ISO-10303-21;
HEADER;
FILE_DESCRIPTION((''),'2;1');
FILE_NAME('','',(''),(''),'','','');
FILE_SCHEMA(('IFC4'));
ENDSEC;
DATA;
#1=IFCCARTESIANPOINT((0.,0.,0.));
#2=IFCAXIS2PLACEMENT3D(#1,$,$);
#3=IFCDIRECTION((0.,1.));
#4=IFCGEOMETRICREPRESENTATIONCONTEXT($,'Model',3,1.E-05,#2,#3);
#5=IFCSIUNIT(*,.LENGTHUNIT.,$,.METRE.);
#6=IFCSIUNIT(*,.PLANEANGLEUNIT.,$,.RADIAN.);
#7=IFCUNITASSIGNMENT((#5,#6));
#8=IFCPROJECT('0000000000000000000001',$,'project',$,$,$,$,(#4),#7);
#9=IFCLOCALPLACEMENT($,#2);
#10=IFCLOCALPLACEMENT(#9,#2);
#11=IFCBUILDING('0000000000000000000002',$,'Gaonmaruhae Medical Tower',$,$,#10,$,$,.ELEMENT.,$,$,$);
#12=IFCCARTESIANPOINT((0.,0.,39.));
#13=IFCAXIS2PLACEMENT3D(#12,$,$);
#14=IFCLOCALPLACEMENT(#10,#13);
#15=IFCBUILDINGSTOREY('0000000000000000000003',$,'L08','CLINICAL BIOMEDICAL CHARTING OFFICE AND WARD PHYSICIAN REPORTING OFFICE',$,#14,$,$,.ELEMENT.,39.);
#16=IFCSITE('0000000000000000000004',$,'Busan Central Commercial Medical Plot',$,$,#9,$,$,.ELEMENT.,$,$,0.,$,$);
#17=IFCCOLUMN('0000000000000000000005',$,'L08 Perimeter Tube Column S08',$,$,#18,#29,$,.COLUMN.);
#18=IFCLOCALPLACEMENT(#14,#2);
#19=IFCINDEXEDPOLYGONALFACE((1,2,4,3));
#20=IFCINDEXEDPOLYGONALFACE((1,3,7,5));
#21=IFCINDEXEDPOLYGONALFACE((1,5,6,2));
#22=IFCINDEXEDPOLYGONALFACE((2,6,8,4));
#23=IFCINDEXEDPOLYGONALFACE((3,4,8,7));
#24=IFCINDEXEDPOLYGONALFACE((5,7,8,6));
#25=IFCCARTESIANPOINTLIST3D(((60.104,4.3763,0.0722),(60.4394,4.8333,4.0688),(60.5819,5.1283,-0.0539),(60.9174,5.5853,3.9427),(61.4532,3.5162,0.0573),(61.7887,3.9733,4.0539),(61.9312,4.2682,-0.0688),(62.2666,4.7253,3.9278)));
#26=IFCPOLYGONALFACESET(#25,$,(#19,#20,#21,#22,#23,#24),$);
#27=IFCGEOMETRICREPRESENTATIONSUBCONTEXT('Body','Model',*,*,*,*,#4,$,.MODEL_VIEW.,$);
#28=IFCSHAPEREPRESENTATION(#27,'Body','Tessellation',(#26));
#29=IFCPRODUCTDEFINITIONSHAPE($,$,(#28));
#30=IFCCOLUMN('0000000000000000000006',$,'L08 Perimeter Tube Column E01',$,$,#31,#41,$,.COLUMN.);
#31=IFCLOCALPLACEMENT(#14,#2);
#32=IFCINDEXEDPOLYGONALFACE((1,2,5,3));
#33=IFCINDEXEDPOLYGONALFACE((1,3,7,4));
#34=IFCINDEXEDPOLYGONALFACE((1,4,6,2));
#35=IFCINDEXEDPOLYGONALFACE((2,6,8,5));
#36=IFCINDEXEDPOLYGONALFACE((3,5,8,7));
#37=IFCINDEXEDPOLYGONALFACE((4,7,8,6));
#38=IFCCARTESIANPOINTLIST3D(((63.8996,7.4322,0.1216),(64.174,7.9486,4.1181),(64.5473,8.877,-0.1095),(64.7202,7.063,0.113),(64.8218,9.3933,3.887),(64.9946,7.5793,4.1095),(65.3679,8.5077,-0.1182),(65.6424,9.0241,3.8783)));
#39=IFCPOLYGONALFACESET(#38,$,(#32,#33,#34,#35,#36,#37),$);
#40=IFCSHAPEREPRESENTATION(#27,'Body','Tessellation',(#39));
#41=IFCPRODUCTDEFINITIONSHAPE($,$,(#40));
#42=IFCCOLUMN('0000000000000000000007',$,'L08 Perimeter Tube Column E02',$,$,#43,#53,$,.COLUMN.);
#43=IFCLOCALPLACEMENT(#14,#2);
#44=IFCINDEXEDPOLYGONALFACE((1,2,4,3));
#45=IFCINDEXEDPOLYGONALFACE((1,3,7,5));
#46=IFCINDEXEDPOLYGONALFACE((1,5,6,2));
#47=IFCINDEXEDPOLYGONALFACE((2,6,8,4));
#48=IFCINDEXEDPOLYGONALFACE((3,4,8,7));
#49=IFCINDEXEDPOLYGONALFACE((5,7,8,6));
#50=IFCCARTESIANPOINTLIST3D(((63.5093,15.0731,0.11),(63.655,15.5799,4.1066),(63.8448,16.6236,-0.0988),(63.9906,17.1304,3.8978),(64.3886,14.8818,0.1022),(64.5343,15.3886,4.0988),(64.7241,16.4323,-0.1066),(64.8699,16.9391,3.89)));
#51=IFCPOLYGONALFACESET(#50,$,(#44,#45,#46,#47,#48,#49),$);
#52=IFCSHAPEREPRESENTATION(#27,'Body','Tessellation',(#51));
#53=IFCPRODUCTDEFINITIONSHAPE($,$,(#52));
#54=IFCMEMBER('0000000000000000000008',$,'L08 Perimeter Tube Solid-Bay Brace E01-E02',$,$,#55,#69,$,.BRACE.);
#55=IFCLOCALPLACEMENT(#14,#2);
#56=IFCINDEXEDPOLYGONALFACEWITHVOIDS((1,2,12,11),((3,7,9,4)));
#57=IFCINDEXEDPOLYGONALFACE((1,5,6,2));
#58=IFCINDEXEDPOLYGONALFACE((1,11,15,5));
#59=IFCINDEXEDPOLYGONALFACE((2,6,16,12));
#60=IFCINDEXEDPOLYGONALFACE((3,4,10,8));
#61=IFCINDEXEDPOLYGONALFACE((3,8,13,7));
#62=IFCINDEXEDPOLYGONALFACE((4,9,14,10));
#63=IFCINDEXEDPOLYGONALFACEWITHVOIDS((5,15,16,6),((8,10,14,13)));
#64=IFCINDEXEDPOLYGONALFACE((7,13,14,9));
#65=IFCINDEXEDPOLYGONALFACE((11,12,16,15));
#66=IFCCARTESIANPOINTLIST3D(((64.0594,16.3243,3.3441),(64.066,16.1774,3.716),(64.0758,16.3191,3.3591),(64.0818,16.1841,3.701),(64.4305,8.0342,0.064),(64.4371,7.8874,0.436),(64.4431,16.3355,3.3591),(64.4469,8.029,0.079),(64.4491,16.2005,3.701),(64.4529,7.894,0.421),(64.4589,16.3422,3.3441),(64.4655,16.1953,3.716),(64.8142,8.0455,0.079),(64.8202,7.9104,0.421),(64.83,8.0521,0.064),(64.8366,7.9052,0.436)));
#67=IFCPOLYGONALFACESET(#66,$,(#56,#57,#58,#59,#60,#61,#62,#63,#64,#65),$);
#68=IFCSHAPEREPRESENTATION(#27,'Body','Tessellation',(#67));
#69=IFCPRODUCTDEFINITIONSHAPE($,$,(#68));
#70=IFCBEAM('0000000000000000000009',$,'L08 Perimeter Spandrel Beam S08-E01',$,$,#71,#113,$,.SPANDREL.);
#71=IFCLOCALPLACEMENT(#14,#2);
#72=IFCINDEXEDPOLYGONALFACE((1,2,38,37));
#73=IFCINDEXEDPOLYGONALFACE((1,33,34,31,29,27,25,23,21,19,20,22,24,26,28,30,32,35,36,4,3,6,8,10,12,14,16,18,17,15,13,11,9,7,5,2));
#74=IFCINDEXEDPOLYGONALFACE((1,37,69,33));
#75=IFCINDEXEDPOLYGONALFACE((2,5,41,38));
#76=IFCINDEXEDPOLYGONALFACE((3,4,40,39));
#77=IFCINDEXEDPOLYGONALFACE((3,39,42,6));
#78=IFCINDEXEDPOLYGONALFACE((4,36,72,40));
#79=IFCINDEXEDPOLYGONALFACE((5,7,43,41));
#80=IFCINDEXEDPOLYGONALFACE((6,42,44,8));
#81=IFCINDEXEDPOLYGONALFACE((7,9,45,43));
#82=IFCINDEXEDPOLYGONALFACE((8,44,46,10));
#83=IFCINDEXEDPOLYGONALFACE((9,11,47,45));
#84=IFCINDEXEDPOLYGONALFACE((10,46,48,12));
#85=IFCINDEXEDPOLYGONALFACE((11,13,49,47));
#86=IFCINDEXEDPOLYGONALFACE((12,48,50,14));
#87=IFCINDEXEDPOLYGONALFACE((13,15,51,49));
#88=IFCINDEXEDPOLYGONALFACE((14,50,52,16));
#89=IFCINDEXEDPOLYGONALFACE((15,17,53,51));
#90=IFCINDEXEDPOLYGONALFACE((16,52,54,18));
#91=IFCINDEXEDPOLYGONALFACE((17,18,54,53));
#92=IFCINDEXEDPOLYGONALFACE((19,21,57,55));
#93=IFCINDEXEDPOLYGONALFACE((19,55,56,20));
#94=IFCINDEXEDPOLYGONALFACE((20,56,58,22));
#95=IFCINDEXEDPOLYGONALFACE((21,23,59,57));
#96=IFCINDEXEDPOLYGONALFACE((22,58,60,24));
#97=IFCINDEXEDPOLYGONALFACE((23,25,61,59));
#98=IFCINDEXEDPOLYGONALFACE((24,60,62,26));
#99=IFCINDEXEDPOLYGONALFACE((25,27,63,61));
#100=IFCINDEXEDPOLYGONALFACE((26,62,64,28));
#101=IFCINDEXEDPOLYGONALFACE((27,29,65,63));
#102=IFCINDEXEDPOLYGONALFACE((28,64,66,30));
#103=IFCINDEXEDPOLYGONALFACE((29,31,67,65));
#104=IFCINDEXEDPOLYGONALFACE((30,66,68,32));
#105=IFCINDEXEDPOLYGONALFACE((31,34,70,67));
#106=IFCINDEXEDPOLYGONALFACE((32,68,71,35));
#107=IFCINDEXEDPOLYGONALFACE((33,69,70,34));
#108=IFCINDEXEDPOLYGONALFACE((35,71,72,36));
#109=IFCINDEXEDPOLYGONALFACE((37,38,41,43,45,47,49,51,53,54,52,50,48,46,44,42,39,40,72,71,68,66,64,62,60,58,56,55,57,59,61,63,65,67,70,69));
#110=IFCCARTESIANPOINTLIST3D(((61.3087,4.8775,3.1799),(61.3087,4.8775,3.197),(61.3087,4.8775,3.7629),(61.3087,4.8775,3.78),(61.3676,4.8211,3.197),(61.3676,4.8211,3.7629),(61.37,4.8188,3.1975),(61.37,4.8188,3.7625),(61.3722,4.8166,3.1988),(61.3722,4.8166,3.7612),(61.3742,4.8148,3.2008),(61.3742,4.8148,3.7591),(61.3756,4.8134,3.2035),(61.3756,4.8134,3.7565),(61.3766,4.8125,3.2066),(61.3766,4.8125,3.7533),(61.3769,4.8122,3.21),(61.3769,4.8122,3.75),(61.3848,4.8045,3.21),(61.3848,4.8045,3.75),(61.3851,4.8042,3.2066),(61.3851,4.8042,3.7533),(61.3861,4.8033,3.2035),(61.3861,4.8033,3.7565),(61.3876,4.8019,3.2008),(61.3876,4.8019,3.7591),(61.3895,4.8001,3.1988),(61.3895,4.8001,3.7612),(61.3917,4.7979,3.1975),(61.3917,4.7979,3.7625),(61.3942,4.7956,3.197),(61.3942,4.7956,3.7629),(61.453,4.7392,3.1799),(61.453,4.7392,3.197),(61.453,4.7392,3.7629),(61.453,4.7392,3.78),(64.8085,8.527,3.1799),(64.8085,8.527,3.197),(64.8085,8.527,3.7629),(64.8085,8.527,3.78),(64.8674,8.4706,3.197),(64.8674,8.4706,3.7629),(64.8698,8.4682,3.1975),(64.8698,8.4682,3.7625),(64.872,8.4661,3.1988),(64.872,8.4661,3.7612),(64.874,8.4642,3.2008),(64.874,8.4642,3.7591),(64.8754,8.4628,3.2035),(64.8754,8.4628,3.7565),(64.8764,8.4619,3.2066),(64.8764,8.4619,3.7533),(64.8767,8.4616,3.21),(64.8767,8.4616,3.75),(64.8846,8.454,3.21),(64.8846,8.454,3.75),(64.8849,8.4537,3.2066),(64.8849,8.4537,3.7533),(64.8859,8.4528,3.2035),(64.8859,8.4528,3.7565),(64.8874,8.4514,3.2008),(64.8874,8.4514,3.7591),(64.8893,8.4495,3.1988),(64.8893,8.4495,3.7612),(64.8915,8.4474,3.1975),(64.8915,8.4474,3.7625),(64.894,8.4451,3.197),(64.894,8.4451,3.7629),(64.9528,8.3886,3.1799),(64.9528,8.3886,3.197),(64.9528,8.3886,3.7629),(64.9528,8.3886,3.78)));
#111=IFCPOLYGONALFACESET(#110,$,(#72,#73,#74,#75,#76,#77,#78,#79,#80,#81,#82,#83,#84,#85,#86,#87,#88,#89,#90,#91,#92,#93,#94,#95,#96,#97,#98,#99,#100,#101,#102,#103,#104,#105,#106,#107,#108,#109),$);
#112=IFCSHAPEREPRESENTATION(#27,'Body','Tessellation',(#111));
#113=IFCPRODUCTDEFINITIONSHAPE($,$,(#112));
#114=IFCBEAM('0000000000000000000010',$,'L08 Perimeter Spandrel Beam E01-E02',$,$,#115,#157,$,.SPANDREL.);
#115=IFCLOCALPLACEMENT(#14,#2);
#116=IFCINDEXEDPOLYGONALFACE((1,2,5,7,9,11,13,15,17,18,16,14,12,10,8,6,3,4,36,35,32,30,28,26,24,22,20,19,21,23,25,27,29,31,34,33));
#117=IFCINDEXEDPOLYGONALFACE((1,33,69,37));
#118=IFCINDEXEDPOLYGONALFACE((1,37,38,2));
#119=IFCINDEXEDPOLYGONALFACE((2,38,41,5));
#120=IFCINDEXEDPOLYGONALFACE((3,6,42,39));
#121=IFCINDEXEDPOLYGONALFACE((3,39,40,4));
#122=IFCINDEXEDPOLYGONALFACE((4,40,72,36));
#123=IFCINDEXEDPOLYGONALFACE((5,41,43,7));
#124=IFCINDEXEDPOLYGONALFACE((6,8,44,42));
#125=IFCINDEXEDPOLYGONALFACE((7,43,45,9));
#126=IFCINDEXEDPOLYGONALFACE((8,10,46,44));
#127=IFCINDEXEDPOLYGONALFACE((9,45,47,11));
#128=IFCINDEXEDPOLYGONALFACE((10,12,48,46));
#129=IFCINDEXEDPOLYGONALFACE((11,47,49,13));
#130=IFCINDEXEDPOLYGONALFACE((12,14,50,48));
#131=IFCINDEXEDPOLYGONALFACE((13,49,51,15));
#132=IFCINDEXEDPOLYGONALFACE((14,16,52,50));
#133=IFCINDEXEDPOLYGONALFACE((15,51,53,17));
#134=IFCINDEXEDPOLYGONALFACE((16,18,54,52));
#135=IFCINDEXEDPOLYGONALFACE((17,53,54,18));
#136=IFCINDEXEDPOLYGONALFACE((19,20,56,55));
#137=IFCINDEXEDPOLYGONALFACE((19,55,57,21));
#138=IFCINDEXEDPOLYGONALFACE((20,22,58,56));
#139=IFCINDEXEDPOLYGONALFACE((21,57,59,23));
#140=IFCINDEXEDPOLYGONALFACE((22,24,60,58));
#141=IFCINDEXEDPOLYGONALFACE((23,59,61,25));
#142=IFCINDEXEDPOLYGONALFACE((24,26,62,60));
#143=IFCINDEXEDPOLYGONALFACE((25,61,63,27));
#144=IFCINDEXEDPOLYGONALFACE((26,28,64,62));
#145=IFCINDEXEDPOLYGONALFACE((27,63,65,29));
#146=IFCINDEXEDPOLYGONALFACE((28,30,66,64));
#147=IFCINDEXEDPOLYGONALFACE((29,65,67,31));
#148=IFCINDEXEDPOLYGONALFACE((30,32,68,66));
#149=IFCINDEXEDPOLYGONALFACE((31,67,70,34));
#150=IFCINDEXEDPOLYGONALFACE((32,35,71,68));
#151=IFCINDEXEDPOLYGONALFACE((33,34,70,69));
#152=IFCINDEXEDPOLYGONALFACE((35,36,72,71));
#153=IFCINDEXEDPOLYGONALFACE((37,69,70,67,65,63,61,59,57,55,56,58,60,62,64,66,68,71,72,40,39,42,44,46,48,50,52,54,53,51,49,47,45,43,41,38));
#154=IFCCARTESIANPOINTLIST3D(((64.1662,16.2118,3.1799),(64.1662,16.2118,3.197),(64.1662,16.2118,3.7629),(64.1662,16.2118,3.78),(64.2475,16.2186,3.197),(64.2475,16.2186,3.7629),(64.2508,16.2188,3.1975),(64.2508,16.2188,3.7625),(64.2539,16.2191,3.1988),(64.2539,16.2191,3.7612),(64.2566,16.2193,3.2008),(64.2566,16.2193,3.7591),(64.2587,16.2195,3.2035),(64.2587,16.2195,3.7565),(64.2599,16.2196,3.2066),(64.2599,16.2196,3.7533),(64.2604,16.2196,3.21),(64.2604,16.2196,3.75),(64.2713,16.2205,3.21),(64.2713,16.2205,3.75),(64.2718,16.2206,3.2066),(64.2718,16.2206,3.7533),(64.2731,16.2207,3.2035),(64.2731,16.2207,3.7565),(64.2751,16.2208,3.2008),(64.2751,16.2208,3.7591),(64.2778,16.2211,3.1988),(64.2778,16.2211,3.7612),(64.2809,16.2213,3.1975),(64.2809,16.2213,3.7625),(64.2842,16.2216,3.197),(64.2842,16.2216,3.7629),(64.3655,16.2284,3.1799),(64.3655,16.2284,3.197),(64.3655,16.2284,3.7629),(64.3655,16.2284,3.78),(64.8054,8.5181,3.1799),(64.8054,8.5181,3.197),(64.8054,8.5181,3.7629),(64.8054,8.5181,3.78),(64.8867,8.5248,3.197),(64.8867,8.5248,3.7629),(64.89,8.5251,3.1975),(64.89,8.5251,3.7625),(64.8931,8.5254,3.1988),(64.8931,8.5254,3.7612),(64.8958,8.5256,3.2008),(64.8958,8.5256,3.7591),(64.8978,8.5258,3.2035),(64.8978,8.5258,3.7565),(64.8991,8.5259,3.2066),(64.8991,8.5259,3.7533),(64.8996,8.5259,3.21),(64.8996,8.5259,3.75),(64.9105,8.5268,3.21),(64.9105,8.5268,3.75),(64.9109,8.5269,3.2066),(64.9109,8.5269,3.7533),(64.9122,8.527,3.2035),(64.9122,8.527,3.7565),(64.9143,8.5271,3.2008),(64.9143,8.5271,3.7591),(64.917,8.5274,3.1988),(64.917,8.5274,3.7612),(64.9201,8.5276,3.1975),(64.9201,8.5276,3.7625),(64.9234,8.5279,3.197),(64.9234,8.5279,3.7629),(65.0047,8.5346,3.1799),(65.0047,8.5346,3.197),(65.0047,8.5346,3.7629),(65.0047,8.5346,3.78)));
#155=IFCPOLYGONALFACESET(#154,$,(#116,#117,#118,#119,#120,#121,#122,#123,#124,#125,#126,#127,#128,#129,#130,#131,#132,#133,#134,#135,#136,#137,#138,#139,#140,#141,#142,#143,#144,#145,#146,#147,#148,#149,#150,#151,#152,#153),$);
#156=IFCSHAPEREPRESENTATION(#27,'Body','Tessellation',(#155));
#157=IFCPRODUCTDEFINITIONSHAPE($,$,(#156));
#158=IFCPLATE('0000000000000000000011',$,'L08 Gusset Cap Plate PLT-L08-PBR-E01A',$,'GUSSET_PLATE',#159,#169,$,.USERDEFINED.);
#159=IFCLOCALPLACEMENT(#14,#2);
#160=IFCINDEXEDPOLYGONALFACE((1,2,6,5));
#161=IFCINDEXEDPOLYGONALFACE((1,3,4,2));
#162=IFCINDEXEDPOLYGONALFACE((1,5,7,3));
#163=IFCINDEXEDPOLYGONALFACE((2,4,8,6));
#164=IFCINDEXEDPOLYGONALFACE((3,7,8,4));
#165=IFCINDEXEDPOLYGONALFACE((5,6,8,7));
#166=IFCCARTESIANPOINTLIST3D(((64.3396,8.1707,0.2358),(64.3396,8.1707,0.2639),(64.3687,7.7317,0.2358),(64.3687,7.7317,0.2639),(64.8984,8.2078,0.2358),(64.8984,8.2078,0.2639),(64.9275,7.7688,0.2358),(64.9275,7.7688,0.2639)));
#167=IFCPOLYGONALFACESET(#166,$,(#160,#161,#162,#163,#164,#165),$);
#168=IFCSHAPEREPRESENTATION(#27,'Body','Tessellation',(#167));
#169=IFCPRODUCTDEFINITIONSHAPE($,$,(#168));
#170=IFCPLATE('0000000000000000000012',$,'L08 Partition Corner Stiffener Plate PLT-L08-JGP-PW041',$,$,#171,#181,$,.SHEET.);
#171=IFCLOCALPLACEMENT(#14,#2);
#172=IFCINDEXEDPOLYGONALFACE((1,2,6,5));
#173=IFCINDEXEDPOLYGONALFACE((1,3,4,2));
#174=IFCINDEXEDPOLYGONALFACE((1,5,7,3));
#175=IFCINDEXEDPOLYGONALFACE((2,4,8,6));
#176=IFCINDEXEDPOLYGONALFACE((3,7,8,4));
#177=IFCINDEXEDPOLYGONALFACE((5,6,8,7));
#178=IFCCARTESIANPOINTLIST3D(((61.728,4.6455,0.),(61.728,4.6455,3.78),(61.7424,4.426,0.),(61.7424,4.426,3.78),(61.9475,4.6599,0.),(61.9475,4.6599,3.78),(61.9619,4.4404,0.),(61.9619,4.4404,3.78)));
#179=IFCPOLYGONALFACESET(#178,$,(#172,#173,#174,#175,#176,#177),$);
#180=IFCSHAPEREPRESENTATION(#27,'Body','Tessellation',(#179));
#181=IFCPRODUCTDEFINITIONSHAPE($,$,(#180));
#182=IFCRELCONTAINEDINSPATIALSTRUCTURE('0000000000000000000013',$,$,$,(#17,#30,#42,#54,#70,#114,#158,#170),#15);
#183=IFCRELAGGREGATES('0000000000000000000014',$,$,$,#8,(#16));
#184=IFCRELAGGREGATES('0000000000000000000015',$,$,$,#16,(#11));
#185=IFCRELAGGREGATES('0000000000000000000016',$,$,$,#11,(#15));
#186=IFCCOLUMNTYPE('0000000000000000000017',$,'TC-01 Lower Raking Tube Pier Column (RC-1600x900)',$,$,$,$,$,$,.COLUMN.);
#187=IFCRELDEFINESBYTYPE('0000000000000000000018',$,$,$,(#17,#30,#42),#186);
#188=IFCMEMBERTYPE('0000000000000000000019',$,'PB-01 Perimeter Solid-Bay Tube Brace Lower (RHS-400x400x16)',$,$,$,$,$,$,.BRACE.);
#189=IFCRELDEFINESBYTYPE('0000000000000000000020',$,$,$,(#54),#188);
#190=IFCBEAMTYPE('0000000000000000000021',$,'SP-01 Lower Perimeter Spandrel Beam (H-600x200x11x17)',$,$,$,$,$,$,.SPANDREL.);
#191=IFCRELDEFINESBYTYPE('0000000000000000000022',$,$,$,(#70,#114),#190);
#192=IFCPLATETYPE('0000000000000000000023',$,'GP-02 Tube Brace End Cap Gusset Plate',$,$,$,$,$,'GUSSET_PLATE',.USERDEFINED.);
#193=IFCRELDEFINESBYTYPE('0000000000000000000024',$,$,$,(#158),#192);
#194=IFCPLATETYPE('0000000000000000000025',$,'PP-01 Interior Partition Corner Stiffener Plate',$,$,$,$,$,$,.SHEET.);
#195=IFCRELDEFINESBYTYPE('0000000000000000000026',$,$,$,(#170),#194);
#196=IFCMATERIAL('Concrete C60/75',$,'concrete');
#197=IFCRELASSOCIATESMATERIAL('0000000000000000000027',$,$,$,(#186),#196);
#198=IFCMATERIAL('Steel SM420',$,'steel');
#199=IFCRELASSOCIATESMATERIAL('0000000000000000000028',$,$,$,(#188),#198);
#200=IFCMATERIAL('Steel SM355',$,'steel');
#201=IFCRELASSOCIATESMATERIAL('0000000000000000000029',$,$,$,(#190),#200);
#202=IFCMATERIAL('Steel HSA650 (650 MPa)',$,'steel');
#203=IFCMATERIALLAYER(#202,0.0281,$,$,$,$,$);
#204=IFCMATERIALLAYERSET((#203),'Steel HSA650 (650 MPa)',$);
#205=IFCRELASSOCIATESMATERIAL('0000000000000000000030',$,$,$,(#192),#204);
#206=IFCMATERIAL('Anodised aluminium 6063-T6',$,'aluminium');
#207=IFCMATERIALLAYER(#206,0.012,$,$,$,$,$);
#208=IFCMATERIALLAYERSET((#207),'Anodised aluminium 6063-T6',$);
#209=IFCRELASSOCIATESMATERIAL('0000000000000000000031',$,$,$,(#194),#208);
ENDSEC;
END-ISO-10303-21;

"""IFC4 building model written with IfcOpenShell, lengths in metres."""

from ifc_helpers import new_model, si_unit, direction, frame, origin, origin_2d, place, context, subcontext, project, spatial, rectangle, hollow_rectangle, i_section, extrude, material, layer, layer_set, material_profile, profile_set, type_object, element, save


model = new_model("IFC4")

# Units and contexts
model_context = context("Model", 3, precision=1e-05, world=origin(), true_north=direction((0.0, 1.0)))
body_context = subcontext(model_context, "Body", "Model", "MODEL_VIEW")
ifc_project = project(units=[si_unit("LENGTHUNIT", "METRE"), si_unit("PLANEANGLEUNIT", "RADIAN")], contexts=[model_context])

# Site, building, storey
site_placement = place(None, origin())
site = spatial("IfcSite", under=ifc_project, at=site_placement, Name="Busan Central Commercial Medical Plot", CompositionType="ELEMENT", RefElevation=0.0)
building_placement = place(site_placement, origin())
building = spatial("IfcBuilding", under=site, at=building_placement, Name="Gaonmaruhae Medical Tower", CompositionType="ELEMENT")
storey_placement = place(building_placement, frame((0.0, 0.0, 39.0)))
storey = spatial("IfcBuildingStorey", under=building, at=storey_placement, Name="L08", Description="CLINICAL BIOMEDICAL CHARTING OFFICE AND WARD PHYSICIAN REPORTING OFFICE", CompositionType="ELEMENT", Elevation=39.0)

# Columns
ifc_material_1 = material(Name="Concrete C60/75", Category="concrete")
ifc_material_profile_1 = material_profile(ifc_material_1, rectangle(XDim=1.6001, YDim=0.8999, at=origin_2d()), Name="RC-1600x900")
ifc_profile_set_1 = profile_set([ifc_material_profile_1], Name="Concrete C60/75")
column_type = type_object("IfcColumnType", Name="TC-01 Lower Raking Tube Pier Column (RC-1600x900)", PredefinedType="COLUMN", material=ifc_profile_set_1)
column_1_placement = place(storey_placement, frame((61.0176, 4.3223, 0.0017), z_axis=(0.083102, 0.113222, 0.990088), x_axis=(-0.843212, 0.537501, 0.009308)))
element("IfcColumn", 1, at=column_1_placement, inside=storey, type_object=column_type, Name="L08 Perimeter Tube Column S08", PredefinedType="COLUMN", context=body_context, shape_type="SweptSolid", body=[
    extrude(rectangle(XDim=1.6001, YDim=0.8999, at=origin_2d()), origin(), (0.0, 0.0, 1.0), 4.0366),
])
column_2_placement = place(storey_placement, frame((64.6338, 7.97, 0.0017), z_axis=(0.067939, 0.127839, 0.989465), x_axis=(-0.4048, -0.902923, 0.144452)))
element("IfcColumn", 2, at=column_2_placement, inside=storey, type_object=column_type, Name="L08 Perimeter Tube Column E01", PredefinedType="COLUMN", context=body_context, shape_type="SweptSolid", body=[
    extrude(rectangle(XDim=1.6001, YDim=0.8999, at=origin_2d()), origin(), (0.0, 0.0, 1.0), 4.0391),
])
column_3_placement = place(storey_placement, frame((64.1167, 15.7527, 0.0017), z_axis=(0.036156, 0.125727, 0.991406), x_axis=(-0.209701, -0.969013, 0.130535)))
element("IfcColumn", 3, at=column_3_placement, inside=storey, type_object=column_type, Name="L08 Perimeter Tube Column E02", PredefinedType="COLUMN", context=body_context, shape_type="SweptSolid", body=[
    extrude(rectangle(XDim=1.6001, YDim=0.8999, at=origin_2d()), origin(), (0.0, 0.0, 1.0), 4.0312),
])

# Member
ifc_material_2 = material(Name="Steel SM420", Category="steel")
ifc_material_profile_2 = material_profile(ifc_material_2, hollow_rectangle(XDim=0.3999, YDim=0.3999, WallThickness=0.0161, at=origin_2d()), Name="RHS-400x400x16")
ifc_profile_set_2 = profile_set([ifc_material_profile_2], Name="Steel SM420")
member_type = type_object("IfcMemberType", Name="PB-01 Perimeter Solid-Bay Tube Brace Lower (RHS-400x400x16)", PredefinedType="BRACE", material=ifc_profile_set_2)
member_placement = place(storey_placement, frame((64.6335, 7.9697, 0.25), z_axis=(-0.041588, 0.929058, 0.36759), x_axis=(-0.999, -0.044719, 0.0)))
element("IfcMember", 4, at=member_placement, inside=storey, type_object=member_type, Name="L08 Perimeter Tube Solid-Bay Brace E01-E02", PredefinedType="BRACE", context=body_context, shape_type="SweptSolid", body=[
    extrude(hollow_rectangle(XDim=0.3999, YDim=0.3999, WallThickness=0.0161, at=origin_2d()), origin(), (0.0, 0.0, 1.0), 8.9231),
])

# Beams
ifc_material_3 = material(Name="Steel SM355", Category="steel")
ifc_material_profile_3 = material_profile(ifc_material_3, i_section(OverallWidth=0.2, OverallDepth=0.6001, WebThickness=0.011, FlangeThickness=0.0171, FilletRadius=0.0129, at=origin_2d()), Name="H-600x200x11x17")
ifc_profile_set_3 = profile_set([ifc_material_profile_3], Name="Steel SM355")
beam_type = type_object("IfcBeamType", Name="SP-01 Lower Perimeter Spandrel Beam (H-600x200x11x17)", PredefinedType="SPANDREL", material=ifc_profile_set_3)
beam_1_placement = place(storey_placement, frame((61.3809, 4.8083, 3.48), z_axis=(0.692153, 0.721751, 0.0), x_axis=(-0.721751, 0.692153, 0.0)))
element("IfcBeam", 5, at=beam_1_placement, inside=storey, type_object=beam_type, Name="L08 Perimeter Spandrel Beam S08-E01", PredefinedType="SPANDREL", context=body_context, shape_type="SweptSolid", body=[
    extrude(i_section(OverallWidth=0.2, OverallDepth=0.6001, WebThickness=0.011, FlangeThickness=0.0171, FilletRadius=0.0129, at=origin_2d()), origin(), (0.0, 0.0, 1.0), 5.0564),
])
beam_2_placement = place(storey_placement, frame((64.905, 8.5264, 3.48), z_axis=(-0.082792, 0.996567, 0.0), x_axis=(-0.996567, -0.082792, 0.0)))
element("IfcBeam", 6, at=beam_2_placement, inside=storey, type_object=beam_type, Name="L08 Perimeter Spandrel Beam E01-E02", PredefinedType="SPANDREL", context=body_context, shape_type="SweptSolid", body=[
    extrude(i_section(OverallWidth=0.2, OverallDepth=0.6001, WebThickness=0.011, FlangeThickness=0.0171, FilletRadius=0.0129, at=origin_2d()), origin(), (0.0, 0.0, 1.0), 7.7202),
])

# Plates
ifc_material_4 = material(Name="Steel HSA650 (650 MPa)", Category="steel")
ifc_layer_1 = layer(ifc_material_4, 0.0281)
ifc_layer_set_1 = layer_set([ifc_layer_1], Name="Steel HSA650 (650 MPa)")
plate_type_1 = type_object("IfcPlateType", Name="GP-02 Tube Brace End Cap Gusset Plate", ElementType="GUSSET_PLATE", PredefinedType="USERDEFINED", material=ifc_layer_set_1)
plate_placement = place(storey_placement, frame((64.6335, 7.9697, 0.2358), z_axis=(0.0, 0.0, 1.0), x_axis=(0.997801, 0.066274, 0.0)))
element("IfcPlate", 7, at=plate_placement, inside=storey, type_object=plate_type_1, Name="L08 Gusset Cap Plate PLT-L08-PBR-E01A", ObjectType="GUSSET_PLATE", PredefinedType="USERDEFINED", context=body_context, shape_type="SweptSolid", body=[
    extrude(rectangle(XDim=0.5601, YDim=0.4399, at=origin_2d()), origin(), (0.0, 0.0, 1.0), 0.0281),
])
ifc_material_5 = material(Name="Anodised aluminium 6063-T6", Category="aluminium")
ifc_layer_2 = layer(ifc_material_5, 0.012)
ifc_layer_set_2 = layer_set([ifc_layer_2], Name="Anodised aluminium 6063-T6")
plate_type_2 = type_object("IfcPlateType", Name="PP-01 Interior Partition Corner Stiffener Plate", PredefinedType="SHEET", material=ifc_layer_set_2)
for number, where, z_axis, x_axis, name in (
    (8, (61.845, 4.543, 0.0), (0.0, 0.0, 1.0), (0.065682, -0.997841, 0.0), "L08 Partition Corner Stiffener Plate PLT-L08-JGP-PW041"),
):
    element("IfcPlate", number, at=place(storey_placement, frame(where, z_axis=z_axis, x_axis=x_axis)), inside=storey, type_object=plate_type_2, Name=name, PredefinedType="SHEET", context=body_context, shape_type="SweptSolid", body=[
        extrude(rectangle(XDim=0.22, YDim=0.22, at=origin_2d()), origin(), (0.0, 0.0, 1.0), 3.78),
    ])

save(model, "model.ifc")
